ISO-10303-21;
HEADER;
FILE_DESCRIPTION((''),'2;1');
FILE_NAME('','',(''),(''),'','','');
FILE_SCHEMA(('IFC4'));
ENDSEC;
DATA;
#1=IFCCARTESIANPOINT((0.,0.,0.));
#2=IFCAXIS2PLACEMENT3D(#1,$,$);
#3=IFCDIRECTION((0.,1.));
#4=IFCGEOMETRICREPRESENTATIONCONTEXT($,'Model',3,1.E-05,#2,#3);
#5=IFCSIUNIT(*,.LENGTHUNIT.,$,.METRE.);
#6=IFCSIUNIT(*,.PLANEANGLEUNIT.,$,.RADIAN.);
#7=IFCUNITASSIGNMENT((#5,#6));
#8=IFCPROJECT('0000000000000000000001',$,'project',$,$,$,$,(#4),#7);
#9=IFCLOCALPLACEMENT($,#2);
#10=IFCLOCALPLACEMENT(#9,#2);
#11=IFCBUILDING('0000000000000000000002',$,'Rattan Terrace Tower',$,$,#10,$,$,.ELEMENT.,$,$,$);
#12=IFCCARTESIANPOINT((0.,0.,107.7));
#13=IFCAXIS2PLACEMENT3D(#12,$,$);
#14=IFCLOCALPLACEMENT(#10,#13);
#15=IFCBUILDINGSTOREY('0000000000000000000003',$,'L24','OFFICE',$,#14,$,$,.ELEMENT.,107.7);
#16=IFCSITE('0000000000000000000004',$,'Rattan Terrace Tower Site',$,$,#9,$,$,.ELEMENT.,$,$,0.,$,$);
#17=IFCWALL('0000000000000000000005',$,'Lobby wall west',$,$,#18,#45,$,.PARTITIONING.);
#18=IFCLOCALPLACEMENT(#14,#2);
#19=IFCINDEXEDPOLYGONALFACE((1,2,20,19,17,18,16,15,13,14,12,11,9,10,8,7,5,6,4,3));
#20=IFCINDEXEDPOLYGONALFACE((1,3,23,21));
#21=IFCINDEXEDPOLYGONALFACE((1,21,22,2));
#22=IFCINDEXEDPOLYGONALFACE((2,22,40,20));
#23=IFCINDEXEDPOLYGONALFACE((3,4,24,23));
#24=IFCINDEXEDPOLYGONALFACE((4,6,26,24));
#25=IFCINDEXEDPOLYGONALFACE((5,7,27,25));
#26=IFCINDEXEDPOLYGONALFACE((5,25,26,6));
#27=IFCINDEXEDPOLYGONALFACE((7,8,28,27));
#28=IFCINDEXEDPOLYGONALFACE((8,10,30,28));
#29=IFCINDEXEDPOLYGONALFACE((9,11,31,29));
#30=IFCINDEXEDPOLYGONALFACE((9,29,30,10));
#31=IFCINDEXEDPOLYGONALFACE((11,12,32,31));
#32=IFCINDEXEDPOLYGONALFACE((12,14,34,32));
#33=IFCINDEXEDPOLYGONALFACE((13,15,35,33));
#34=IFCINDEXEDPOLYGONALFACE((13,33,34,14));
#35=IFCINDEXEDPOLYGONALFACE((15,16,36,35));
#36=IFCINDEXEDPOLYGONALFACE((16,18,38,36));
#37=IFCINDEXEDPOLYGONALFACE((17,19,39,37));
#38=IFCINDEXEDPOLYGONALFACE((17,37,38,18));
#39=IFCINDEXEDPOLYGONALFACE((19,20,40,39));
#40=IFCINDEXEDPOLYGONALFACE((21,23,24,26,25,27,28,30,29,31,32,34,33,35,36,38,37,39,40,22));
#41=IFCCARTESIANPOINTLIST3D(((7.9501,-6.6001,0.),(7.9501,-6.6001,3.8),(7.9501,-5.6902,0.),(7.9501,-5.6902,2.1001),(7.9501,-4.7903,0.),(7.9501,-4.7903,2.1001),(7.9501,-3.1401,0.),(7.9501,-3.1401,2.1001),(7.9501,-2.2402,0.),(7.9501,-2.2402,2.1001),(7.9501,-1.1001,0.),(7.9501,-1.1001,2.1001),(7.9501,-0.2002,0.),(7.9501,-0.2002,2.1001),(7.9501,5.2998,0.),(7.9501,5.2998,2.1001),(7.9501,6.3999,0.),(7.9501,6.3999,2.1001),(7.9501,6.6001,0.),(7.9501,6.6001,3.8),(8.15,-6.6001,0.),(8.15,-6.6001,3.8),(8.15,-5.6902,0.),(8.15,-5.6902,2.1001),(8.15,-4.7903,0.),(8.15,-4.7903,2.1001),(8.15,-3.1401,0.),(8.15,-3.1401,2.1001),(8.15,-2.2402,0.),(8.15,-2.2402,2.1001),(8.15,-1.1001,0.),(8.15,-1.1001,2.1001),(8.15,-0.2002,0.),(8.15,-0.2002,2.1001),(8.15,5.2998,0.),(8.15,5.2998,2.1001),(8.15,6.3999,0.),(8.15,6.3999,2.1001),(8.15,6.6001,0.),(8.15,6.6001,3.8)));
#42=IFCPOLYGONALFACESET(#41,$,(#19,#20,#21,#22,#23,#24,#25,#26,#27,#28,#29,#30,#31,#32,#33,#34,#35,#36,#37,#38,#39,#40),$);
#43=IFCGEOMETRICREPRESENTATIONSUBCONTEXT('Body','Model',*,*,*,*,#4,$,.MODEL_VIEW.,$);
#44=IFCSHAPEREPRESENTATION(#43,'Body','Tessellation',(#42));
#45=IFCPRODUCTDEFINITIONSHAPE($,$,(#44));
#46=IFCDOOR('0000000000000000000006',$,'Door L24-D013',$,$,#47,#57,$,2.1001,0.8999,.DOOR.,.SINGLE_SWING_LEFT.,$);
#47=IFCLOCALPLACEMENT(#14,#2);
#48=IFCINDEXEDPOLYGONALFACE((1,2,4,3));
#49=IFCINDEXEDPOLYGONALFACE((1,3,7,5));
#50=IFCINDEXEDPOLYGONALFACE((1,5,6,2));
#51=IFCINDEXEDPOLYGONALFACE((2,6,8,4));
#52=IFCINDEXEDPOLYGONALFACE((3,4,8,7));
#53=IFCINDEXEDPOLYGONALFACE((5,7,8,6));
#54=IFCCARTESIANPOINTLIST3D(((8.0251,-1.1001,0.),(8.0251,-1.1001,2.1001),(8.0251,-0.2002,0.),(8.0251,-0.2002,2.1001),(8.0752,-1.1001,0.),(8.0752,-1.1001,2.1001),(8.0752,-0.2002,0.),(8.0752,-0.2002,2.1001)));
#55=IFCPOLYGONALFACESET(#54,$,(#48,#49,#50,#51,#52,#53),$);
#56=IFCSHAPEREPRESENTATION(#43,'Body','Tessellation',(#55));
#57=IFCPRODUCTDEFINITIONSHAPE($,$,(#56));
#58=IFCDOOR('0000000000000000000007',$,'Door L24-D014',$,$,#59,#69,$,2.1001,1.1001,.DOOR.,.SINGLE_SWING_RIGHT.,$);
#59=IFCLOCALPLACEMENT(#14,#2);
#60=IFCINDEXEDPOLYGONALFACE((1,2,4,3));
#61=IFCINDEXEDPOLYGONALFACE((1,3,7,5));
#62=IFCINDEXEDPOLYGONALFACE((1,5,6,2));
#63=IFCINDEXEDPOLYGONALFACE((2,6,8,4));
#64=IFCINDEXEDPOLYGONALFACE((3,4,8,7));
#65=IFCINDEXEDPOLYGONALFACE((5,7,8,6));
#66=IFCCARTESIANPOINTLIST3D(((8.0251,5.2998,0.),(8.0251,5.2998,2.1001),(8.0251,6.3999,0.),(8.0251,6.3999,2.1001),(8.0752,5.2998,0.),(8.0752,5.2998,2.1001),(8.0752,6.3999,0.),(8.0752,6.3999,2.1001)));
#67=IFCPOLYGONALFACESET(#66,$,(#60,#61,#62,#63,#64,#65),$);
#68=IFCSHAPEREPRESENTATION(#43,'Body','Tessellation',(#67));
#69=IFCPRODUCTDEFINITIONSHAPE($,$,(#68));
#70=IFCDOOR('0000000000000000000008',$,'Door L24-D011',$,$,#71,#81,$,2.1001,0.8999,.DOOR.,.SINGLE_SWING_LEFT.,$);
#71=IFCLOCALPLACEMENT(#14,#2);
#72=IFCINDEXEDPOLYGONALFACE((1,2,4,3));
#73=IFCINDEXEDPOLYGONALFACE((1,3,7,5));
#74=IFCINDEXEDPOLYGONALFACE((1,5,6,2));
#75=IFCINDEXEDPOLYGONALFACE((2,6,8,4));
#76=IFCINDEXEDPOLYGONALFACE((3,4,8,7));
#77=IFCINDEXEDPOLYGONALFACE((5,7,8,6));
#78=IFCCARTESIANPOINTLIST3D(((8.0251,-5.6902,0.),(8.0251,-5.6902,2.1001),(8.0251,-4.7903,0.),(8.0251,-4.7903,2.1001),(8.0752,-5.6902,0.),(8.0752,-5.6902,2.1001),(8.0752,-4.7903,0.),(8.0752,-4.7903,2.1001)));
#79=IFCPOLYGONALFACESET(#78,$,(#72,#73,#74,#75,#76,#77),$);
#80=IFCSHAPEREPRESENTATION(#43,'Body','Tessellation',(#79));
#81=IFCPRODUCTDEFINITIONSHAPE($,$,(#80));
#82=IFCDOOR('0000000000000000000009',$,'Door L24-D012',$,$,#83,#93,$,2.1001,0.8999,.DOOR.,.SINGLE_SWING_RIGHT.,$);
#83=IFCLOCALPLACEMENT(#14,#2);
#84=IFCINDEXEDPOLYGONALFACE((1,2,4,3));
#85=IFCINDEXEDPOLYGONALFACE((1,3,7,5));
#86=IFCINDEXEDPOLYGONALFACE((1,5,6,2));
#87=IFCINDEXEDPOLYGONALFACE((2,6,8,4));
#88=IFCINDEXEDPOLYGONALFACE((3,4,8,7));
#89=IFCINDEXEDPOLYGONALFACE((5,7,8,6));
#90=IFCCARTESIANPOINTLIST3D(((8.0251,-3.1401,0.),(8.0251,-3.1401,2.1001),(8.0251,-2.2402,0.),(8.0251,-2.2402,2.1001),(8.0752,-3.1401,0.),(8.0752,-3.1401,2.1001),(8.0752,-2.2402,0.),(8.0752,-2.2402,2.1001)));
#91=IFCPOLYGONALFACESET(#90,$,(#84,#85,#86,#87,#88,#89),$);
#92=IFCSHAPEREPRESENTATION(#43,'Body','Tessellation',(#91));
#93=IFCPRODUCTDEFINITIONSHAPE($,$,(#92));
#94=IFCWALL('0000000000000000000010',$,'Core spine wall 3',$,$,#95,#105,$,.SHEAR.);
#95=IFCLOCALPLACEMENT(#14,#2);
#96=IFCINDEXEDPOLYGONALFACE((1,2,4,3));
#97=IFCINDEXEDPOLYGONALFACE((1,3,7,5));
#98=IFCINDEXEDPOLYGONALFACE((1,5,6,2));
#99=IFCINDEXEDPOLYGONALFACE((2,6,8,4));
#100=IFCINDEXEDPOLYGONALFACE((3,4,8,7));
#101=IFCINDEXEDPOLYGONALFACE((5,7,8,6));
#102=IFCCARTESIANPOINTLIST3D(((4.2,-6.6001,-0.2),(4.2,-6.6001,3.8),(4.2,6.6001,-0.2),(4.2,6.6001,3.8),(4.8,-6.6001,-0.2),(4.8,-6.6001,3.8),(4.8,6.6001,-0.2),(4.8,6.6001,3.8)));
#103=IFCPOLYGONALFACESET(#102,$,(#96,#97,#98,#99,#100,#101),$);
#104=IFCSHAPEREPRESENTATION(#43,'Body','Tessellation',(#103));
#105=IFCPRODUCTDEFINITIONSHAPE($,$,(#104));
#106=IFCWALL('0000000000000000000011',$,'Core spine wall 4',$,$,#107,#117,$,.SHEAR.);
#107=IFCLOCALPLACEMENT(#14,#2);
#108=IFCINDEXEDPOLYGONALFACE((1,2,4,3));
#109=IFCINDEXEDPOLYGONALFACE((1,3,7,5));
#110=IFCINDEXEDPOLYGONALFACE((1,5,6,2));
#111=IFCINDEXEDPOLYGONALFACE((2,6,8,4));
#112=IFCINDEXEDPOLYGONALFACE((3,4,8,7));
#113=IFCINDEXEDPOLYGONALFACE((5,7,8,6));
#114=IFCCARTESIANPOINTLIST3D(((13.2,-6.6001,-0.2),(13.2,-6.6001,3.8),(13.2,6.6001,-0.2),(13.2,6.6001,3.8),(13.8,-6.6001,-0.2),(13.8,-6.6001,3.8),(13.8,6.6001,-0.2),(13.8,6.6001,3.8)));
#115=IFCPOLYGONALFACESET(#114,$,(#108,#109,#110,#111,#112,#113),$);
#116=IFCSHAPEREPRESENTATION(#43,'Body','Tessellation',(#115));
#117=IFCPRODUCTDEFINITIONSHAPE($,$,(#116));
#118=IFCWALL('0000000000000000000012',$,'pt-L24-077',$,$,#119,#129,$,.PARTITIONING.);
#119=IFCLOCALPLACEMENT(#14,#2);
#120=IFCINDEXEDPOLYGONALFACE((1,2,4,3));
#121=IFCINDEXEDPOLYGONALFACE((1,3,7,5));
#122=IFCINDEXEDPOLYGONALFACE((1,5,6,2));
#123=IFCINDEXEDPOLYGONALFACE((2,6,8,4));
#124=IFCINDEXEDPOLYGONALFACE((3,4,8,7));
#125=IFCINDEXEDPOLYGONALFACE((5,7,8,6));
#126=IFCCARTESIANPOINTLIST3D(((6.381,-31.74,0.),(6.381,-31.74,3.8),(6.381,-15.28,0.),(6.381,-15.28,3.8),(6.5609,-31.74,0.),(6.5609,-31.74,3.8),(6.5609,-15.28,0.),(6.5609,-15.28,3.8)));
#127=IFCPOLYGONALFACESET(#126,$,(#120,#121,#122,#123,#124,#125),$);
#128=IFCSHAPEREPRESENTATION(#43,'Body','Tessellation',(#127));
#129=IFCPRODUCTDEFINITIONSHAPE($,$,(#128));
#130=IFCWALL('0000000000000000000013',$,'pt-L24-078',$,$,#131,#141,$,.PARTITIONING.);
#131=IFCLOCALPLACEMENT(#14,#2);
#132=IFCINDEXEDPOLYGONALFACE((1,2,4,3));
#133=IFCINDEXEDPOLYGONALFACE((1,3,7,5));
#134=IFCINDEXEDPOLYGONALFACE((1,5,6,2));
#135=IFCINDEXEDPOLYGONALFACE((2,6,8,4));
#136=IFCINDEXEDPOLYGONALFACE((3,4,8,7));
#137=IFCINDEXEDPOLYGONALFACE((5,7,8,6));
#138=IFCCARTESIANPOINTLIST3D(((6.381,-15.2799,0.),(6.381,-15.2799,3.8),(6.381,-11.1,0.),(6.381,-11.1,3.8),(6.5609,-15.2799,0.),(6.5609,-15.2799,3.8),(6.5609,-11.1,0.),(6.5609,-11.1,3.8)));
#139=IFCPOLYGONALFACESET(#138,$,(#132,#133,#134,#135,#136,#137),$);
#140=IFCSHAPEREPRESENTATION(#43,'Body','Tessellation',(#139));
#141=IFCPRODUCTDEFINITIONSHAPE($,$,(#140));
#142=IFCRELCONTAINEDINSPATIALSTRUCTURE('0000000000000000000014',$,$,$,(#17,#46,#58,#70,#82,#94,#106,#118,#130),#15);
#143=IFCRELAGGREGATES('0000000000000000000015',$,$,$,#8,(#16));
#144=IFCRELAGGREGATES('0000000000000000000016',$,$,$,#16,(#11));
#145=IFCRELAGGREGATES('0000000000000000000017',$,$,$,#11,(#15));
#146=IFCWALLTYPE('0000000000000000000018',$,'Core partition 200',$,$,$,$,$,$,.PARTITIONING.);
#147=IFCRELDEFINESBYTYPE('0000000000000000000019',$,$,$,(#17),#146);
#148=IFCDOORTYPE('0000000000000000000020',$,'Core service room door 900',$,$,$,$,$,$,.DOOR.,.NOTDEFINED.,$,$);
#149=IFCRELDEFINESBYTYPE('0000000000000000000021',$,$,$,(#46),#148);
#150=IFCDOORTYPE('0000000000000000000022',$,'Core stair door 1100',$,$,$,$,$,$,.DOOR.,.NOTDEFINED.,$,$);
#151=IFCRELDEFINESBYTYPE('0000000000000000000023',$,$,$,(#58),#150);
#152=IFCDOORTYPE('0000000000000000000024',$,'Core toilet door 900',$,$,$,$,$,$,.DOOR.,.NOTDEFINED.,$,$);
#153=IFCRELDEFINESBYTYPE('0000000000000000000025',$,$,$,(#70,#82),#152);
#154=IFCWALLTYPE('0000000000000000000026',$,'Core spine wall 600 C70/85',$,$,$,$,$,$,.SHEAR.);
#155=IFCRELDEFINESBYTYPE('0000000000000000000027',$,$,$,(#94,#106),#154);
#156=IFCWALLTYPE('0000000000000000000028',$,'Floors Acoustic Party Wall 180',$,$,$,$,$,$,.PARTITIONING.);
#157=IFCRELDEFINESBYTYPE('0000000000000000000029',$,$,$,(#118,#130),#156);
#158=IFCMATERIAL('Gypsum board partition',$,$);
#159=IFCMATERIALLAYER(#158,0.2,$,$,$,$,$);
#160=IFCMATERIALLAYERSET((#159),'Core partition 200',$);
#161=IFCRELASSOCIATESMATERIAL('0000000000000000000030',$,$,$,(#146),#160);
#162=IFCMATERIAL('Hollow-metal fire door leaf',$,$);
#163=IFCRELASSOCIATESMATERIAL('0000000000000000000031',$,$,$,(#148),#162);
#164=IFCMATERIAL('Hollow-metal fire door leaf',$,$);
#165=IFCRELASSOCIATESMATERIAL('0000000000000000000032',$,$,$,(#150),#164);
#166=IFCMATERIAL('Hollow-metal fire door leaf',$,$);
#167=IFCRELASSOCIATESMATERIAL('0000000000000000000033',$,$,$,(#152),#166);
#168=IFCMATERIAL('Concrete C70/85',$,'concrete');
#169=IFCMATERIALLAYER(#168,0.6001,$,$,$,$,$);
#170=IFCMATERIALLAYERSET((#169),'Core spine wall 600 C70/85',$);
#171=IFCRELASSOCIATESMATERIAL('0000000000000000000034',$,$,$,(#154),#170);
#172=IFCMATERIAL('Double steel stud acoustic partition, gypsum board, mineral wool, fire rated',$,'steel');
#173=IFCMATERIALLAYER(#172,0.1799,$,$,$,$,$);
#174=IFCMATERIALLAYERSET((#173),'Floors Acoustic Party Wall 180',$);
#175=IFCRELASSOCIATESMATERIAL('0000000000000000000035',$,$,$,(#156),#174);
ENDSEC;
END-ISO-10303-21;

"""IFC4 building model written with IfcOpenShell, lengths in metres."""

from ifc_helpers import new_model, si_unit, direction, frame, frame_2d, origin, place, context, subcontext, project, spatial, rectangle, extrude, material, layer, layer_set, type_object, element, fill, save


model = new_model("IFC4")

# Units and contexts
model_context = context("Model", 3, precision=1e-05, world=origin(), true_north=direction((0.0, 1.0)))
body_context = subcontext(model_context, "Body", "Model", "MODEL_VIEW")
ifc_project = project(units=[si_unit("LENGTHUNIT", "METRE"), si_unit("PLANEANGLEUNIT", "RADIAN")], contexts=[model_context])

# Site, building, storey
site_placement = place(None, origin())
site = spatial("IfcSite", under=ifc_project, at=site_placement, Name="Rattan Terrace Tower Site", CompositionType="ELEMENT", RefElevation=0.0)
building_placement = place(site_placement, origin())
building = spatial("IfcBuilding", under=site, at=building_placement, Name="Rattan Terrace Tower", CompositionType="ELEMENT")
storey_placement = place(building_placement, frame((0.0, 0.0, 107.7)))
storey = spatial("IfcBuildingStorey", under=building, at=storey_placement, Name="L24", Description="OFFICE", CompositionType="ELEMENT", Elevation=107.7)

# Wall, openings, doors
ifc_material_1 = material(Name="Gypsum board partition")
ifc_layer_1 = layer(ifc_material_1, 0.2)
ifc_layer_set_1 = layer_set([ifc_layer_1], Name="Core partition 200")
wall_type_1 = type_object("IfcWallType", Name="Core partition 200", PredefinedType="PARTITIONING", material=ifc_layer_set_1)
wall_1_placement = place(storey_placement, frame((8.05, -6.6001, 0.0), z_axis=(0.0, 0.0, 1.0), x_axis=(0.0, 1.0, 0.0)))
wall_1 = element("IfcWall", 1, at=wall_1_placement, inside=storey, type_object=wall_type_1, Name="Lobby wall west", PredefinedType="PARTITIONING", context=body_context, shape_type="SweptSolid", body=[
    extrude(rectangle(XDim=13.2002, YDim=0.2, at=frame_2d((6.6001, 0.0))), origin(), (0.0, 0.0, 1.0), 3.8),
])
opening_1_placement = place(wall_1_placement, frame((0.9099, 0.0, 0.0)))
opening_1 = element("IfcOpeningElement", 2, at=opening_1_placement, cuts=wall_1, PredefinedType="OPENING", context=body_context, shape_type="SweptSolid", body=[
    extrude(rectangle(XDim=0.8999, YDim=2.1001, at=frame_2d((0.45, 1.05))), frame((0.0, 0.1106, 0.0), z_axis=(0.0, -1.0, 0.0), x_axis=(1.0, 0.0, 0.0)), (0.0, 0.0, 1.0), 0.2209),
])
opening_2_placement = place(wall_1_placement, frame((3.46, 0.0, 0.0)))
opening_2 = element("IfcOpeningElement", 3, at=opening_2_placement, cuts=wall_1, PredefinedType="OPENING", context=body_context, shape_type="SweptSolid", body=[
    extrude(rectangle(XDim=0.8999, YDim=2.1001, at=frame_2d((0.45, 1.05))), frame((0.0, 0.1106, 0.0), z_axis=(0.0, -1.0, 0.0), x_axis=(1.0, 0.0, 0.0)), (0.0, 0.0, 1.0), 0.2209),
])
opening_3_placement = place(wall_1_placement, frame((5.5, 0.0, 0.0)))
opening_3 = element("IfcOpeningElement", 4, at=opening_3_placement, cuts=wall_1, PredefinedType="OPENING", context=body_context, shape_type="SweptSolid", body=[
    extrude(rectangle(XDim=0.8999, YDim=2.1001, at=frame_2d((0.45, 1.05))), frame((0.0, 0.1106, 0.0), z_axis=(0.0, -1.0, 0.0), x_axis=(1.0, 0.0, 0.0)), (0.0, 0.0, 1.0), 0.2209),
])
opening_4_placement = place(wall_1_placement, frame((11.8999, 0.0, 0.0)))
opening_4 = element("IfcOpeningElement", 5, at=opening_4_placement, cuts=wall_1, PredefinedType="OPENING", context=body_context, shape_type="SweptSolid", body=[
    extrude(rectangle(XDim=1.1001, YDim=2.1001, at=frame_2d((0.55, 1.05))), frame((0.0, 0.1106, 0.0), z_axis=(0.0, -1.0, 0.0), x_axis=(1.0, 0.0, 0.0)), (0.0, 0.0, 1.0), 0.2209),
])
ifc_material_2 = material(Name="Hollow-metal fire door leaf")
door_type_1 = type_object("IfcDoorType", Name="Core service room door 900", OperationType="NOTDEFINED", PredefinedType="DOOR", material=ifc_material_2)
door_1_placement = place(opening_3_placement, origin())
door_1 = element("IfcDoor", 6, at=door_1_placement, inside=storey, type_object=door_type_1, Name="Door L24-D013", OperationType="SINGLE_SWING_LEFT", OverallHeight=2.1001, OverallWidth=0.8999, PredefinedType="DOOR", context=body_context, shape_type="SweptSolid", body=[
    extrude(rectangle(XDim=0.8999, YDim=2.1001, at=frame_2d((0.45, 1.05))), frame((0.0, 0.0249, 0.0), z_axis=(0.0, -1.0, 0.0), x_axis=(1.0, 0.0, 0.0)), (0.0, 0.0, 1.0), 0.05),
])
fill(opening_3, door_1)
ifc_material_3 = material(Name="Hollow-metal fire door leaf")
door_type_2 = type_object("IfcDoorType", Name="Core stair door 1100", OperationType="NOTDEFINED", PredefinedType="DOOR", material=ifc_material_3)
door_2_placement = place(opening_4_placement, origin())
door_2 = element("IfcDoor", 7, at=door_2_placement, inside=storey, type_object=door_type_2, Name="Door L24-D014", OperationType="SINGLE_SWING_RIGHT", OverallHeight=2.1001, OverallWidth=1.1001, PredefinedType="DOOR", context=body_context, shape_type="SweptSolid", body=[
    extrude(rectangle(XDim=1.1001, YDim=2.1001, at=frame_2d((0.55, 1.05))), frame((0.0, 0.0249, 0.0), z_axis=(0.0, -1.0, 0.0), x_axis=(1.0, 0.0, 0.0)), (0.0, 0.0, 1.0), 0.05),
])
fill(opening_4, door_2)
ifc_material_4 = material(Name="Hollow-metal fire door leaf")
door_type_3 = type_object("IfcDoorType", Name="Core toilet door 900", OperationType="NOTDEFINED", PredefinedType="DOOR", material=ifc_material_4)
door_3_placement = place(opening_1_placement, origin())
door_3 = element("IfcDoor", 8, at=door_3_placement, inside=storey, type_object=door_type_3, Name="Door L24-D011", OperationType="SINGLE_SWING_LEFT", OverallHeight=2.1001, OverallWidth=0.8999, PredefinedType="DOOR", context=body_context, shape_type="SweptSolid", body=[
    extrude(rectangle(XDim=0.8999, YDim=2.1001, at=frame_2d((0.45, 1.05))), frame((0.0, 0.0249, 0.0), z_axis=(0.0, -1.0, 0.0), x_axis=(1.0, 0.0, 0.0)), (0.0, 0.0, 1.0), 0.05),
])
fill(opening_1, door_3)
door_4_placement = place(opening_2_placement, origin())
door_4 = element("IfcDoor", 9, at=door_4_placement, inside=storey, type_object=door_type_3, Name="Door L24-D012", OperationType="SINGLE_SWING_RIGHT", OverallHeight=2.1001, OverallWidth=0.8999, PredefinedType="DOOR", context=body_context, shape_type="SweptSolid", body=[
    extrude(rectangle(XDim=0.8999, YDim=2.1001, at=frame_2d((0.45, 1.05))), frame((0.0, 0.0249, 0.0), z_axis=(0.0, -1.0, 0.0), x_axis=(1.0, 0.0, 0.0)), (0.0, 0.0, 1.0), 0.05),
])
fill(opening_2, door_4)

# Walls
ifc_material_5 = material(Name="Concrete C70/85", Category="concrete")
ifc_layer_2 = layer(ifc_material_5, 0.6001)
ifc_layer_set_2 = layer_set([ifc_layer_2], Name="Core spine wall 600 C70/85")
wall_type_2 = type_object("IfcWallType", Name="Core spine wall 600 C70/85", PredefinedType="SHEAR", material=ifc_layer_set_2)
for number, where, z_axis, x_axis, name in (
    (10, (4.5, -6.6001, -0.2), (0.0, 0.0, 1.0), (0.0, 1.0, 0.0), "Core spine wall 3"),
    (11, (13.5, -6.6001, -0.2), (0.0, 0.0, 1.0), (0.0, 1.0, 0.0), "Core spine wall 4"),
):
    element("IfcWall", number, at=place(storey_placement, frame(where, z_axis=z_axis, x_axis=x_axis)), inside=storey, type_object=wall_type_2, Name=name, PredefinedType="SHEAR", context=body_context, shape_type="SweptSolid", body=[
        extrude(rectangle(XDim=13.2002, YDim=0.6001, at=frame_2d((6.6001, 0.0))), origin(), (0.0, 0.0, 1.0), 4.0),
    ])
ifc_material_6 = material(Name="Double steel stud acoustic partition, gypsum board, mineral wool, fire rated", Category="steel")
ifc_layer_3 = layer(ifc_material_6, 0.1799)
ifc_layer_set_3 = layer_set([ifc_layer_3], Name="Floors Acoustic Party Wall 180")
wall_type_3 = type_object("IfcWallType", Name="Floors Acoustic Party Wall 180", PredefinedType="PARTITIONING", material=ifc_layer_set_3)
wall_2_placement = place(storey_placement, frame((6.4709, -15.28, 0.0), z_axis=(0.0, 0.0, 1.0), x_axis=(0.0, -1.0, 0.0)))
element("IfcWall", 12, at=wall_2_placement, inside=storey, type_object=wall_type_3, Name="pt-L24-077", PredefinedType="PARTITIONING", context=body_context, shape_type="SweptSolid", body=[
    extrude(rectangle(XDim=16.46, YDim=0.1799, at=frame_2d((8.23, 0.0))), origin(), (0.0, 0.0, 1.0), 3.8),
])
wall_3_placement = place(storey_placement, frame((6.4709, -11.1001, 0.0), z_axis=(0.0, 0.0, 1.0), x_axis=(0.0, -1.0, 0.0)))
element("IfcWall", 13, at=wall_3_placement, inside=storey, type_object=wall_type_3, Name="pt-L24-078", PredefinedType="PARTITIONING", context=body_context, shape_type="SweptSolid", body=[
    extrude(rectangle(XDim=4.1799, YDim=0.1799, at=frame_2d((2.0898, 0.0))), origin(), (0.0, 0.0, 1.0), 3.8),
])

save(model, "model.ifc")
